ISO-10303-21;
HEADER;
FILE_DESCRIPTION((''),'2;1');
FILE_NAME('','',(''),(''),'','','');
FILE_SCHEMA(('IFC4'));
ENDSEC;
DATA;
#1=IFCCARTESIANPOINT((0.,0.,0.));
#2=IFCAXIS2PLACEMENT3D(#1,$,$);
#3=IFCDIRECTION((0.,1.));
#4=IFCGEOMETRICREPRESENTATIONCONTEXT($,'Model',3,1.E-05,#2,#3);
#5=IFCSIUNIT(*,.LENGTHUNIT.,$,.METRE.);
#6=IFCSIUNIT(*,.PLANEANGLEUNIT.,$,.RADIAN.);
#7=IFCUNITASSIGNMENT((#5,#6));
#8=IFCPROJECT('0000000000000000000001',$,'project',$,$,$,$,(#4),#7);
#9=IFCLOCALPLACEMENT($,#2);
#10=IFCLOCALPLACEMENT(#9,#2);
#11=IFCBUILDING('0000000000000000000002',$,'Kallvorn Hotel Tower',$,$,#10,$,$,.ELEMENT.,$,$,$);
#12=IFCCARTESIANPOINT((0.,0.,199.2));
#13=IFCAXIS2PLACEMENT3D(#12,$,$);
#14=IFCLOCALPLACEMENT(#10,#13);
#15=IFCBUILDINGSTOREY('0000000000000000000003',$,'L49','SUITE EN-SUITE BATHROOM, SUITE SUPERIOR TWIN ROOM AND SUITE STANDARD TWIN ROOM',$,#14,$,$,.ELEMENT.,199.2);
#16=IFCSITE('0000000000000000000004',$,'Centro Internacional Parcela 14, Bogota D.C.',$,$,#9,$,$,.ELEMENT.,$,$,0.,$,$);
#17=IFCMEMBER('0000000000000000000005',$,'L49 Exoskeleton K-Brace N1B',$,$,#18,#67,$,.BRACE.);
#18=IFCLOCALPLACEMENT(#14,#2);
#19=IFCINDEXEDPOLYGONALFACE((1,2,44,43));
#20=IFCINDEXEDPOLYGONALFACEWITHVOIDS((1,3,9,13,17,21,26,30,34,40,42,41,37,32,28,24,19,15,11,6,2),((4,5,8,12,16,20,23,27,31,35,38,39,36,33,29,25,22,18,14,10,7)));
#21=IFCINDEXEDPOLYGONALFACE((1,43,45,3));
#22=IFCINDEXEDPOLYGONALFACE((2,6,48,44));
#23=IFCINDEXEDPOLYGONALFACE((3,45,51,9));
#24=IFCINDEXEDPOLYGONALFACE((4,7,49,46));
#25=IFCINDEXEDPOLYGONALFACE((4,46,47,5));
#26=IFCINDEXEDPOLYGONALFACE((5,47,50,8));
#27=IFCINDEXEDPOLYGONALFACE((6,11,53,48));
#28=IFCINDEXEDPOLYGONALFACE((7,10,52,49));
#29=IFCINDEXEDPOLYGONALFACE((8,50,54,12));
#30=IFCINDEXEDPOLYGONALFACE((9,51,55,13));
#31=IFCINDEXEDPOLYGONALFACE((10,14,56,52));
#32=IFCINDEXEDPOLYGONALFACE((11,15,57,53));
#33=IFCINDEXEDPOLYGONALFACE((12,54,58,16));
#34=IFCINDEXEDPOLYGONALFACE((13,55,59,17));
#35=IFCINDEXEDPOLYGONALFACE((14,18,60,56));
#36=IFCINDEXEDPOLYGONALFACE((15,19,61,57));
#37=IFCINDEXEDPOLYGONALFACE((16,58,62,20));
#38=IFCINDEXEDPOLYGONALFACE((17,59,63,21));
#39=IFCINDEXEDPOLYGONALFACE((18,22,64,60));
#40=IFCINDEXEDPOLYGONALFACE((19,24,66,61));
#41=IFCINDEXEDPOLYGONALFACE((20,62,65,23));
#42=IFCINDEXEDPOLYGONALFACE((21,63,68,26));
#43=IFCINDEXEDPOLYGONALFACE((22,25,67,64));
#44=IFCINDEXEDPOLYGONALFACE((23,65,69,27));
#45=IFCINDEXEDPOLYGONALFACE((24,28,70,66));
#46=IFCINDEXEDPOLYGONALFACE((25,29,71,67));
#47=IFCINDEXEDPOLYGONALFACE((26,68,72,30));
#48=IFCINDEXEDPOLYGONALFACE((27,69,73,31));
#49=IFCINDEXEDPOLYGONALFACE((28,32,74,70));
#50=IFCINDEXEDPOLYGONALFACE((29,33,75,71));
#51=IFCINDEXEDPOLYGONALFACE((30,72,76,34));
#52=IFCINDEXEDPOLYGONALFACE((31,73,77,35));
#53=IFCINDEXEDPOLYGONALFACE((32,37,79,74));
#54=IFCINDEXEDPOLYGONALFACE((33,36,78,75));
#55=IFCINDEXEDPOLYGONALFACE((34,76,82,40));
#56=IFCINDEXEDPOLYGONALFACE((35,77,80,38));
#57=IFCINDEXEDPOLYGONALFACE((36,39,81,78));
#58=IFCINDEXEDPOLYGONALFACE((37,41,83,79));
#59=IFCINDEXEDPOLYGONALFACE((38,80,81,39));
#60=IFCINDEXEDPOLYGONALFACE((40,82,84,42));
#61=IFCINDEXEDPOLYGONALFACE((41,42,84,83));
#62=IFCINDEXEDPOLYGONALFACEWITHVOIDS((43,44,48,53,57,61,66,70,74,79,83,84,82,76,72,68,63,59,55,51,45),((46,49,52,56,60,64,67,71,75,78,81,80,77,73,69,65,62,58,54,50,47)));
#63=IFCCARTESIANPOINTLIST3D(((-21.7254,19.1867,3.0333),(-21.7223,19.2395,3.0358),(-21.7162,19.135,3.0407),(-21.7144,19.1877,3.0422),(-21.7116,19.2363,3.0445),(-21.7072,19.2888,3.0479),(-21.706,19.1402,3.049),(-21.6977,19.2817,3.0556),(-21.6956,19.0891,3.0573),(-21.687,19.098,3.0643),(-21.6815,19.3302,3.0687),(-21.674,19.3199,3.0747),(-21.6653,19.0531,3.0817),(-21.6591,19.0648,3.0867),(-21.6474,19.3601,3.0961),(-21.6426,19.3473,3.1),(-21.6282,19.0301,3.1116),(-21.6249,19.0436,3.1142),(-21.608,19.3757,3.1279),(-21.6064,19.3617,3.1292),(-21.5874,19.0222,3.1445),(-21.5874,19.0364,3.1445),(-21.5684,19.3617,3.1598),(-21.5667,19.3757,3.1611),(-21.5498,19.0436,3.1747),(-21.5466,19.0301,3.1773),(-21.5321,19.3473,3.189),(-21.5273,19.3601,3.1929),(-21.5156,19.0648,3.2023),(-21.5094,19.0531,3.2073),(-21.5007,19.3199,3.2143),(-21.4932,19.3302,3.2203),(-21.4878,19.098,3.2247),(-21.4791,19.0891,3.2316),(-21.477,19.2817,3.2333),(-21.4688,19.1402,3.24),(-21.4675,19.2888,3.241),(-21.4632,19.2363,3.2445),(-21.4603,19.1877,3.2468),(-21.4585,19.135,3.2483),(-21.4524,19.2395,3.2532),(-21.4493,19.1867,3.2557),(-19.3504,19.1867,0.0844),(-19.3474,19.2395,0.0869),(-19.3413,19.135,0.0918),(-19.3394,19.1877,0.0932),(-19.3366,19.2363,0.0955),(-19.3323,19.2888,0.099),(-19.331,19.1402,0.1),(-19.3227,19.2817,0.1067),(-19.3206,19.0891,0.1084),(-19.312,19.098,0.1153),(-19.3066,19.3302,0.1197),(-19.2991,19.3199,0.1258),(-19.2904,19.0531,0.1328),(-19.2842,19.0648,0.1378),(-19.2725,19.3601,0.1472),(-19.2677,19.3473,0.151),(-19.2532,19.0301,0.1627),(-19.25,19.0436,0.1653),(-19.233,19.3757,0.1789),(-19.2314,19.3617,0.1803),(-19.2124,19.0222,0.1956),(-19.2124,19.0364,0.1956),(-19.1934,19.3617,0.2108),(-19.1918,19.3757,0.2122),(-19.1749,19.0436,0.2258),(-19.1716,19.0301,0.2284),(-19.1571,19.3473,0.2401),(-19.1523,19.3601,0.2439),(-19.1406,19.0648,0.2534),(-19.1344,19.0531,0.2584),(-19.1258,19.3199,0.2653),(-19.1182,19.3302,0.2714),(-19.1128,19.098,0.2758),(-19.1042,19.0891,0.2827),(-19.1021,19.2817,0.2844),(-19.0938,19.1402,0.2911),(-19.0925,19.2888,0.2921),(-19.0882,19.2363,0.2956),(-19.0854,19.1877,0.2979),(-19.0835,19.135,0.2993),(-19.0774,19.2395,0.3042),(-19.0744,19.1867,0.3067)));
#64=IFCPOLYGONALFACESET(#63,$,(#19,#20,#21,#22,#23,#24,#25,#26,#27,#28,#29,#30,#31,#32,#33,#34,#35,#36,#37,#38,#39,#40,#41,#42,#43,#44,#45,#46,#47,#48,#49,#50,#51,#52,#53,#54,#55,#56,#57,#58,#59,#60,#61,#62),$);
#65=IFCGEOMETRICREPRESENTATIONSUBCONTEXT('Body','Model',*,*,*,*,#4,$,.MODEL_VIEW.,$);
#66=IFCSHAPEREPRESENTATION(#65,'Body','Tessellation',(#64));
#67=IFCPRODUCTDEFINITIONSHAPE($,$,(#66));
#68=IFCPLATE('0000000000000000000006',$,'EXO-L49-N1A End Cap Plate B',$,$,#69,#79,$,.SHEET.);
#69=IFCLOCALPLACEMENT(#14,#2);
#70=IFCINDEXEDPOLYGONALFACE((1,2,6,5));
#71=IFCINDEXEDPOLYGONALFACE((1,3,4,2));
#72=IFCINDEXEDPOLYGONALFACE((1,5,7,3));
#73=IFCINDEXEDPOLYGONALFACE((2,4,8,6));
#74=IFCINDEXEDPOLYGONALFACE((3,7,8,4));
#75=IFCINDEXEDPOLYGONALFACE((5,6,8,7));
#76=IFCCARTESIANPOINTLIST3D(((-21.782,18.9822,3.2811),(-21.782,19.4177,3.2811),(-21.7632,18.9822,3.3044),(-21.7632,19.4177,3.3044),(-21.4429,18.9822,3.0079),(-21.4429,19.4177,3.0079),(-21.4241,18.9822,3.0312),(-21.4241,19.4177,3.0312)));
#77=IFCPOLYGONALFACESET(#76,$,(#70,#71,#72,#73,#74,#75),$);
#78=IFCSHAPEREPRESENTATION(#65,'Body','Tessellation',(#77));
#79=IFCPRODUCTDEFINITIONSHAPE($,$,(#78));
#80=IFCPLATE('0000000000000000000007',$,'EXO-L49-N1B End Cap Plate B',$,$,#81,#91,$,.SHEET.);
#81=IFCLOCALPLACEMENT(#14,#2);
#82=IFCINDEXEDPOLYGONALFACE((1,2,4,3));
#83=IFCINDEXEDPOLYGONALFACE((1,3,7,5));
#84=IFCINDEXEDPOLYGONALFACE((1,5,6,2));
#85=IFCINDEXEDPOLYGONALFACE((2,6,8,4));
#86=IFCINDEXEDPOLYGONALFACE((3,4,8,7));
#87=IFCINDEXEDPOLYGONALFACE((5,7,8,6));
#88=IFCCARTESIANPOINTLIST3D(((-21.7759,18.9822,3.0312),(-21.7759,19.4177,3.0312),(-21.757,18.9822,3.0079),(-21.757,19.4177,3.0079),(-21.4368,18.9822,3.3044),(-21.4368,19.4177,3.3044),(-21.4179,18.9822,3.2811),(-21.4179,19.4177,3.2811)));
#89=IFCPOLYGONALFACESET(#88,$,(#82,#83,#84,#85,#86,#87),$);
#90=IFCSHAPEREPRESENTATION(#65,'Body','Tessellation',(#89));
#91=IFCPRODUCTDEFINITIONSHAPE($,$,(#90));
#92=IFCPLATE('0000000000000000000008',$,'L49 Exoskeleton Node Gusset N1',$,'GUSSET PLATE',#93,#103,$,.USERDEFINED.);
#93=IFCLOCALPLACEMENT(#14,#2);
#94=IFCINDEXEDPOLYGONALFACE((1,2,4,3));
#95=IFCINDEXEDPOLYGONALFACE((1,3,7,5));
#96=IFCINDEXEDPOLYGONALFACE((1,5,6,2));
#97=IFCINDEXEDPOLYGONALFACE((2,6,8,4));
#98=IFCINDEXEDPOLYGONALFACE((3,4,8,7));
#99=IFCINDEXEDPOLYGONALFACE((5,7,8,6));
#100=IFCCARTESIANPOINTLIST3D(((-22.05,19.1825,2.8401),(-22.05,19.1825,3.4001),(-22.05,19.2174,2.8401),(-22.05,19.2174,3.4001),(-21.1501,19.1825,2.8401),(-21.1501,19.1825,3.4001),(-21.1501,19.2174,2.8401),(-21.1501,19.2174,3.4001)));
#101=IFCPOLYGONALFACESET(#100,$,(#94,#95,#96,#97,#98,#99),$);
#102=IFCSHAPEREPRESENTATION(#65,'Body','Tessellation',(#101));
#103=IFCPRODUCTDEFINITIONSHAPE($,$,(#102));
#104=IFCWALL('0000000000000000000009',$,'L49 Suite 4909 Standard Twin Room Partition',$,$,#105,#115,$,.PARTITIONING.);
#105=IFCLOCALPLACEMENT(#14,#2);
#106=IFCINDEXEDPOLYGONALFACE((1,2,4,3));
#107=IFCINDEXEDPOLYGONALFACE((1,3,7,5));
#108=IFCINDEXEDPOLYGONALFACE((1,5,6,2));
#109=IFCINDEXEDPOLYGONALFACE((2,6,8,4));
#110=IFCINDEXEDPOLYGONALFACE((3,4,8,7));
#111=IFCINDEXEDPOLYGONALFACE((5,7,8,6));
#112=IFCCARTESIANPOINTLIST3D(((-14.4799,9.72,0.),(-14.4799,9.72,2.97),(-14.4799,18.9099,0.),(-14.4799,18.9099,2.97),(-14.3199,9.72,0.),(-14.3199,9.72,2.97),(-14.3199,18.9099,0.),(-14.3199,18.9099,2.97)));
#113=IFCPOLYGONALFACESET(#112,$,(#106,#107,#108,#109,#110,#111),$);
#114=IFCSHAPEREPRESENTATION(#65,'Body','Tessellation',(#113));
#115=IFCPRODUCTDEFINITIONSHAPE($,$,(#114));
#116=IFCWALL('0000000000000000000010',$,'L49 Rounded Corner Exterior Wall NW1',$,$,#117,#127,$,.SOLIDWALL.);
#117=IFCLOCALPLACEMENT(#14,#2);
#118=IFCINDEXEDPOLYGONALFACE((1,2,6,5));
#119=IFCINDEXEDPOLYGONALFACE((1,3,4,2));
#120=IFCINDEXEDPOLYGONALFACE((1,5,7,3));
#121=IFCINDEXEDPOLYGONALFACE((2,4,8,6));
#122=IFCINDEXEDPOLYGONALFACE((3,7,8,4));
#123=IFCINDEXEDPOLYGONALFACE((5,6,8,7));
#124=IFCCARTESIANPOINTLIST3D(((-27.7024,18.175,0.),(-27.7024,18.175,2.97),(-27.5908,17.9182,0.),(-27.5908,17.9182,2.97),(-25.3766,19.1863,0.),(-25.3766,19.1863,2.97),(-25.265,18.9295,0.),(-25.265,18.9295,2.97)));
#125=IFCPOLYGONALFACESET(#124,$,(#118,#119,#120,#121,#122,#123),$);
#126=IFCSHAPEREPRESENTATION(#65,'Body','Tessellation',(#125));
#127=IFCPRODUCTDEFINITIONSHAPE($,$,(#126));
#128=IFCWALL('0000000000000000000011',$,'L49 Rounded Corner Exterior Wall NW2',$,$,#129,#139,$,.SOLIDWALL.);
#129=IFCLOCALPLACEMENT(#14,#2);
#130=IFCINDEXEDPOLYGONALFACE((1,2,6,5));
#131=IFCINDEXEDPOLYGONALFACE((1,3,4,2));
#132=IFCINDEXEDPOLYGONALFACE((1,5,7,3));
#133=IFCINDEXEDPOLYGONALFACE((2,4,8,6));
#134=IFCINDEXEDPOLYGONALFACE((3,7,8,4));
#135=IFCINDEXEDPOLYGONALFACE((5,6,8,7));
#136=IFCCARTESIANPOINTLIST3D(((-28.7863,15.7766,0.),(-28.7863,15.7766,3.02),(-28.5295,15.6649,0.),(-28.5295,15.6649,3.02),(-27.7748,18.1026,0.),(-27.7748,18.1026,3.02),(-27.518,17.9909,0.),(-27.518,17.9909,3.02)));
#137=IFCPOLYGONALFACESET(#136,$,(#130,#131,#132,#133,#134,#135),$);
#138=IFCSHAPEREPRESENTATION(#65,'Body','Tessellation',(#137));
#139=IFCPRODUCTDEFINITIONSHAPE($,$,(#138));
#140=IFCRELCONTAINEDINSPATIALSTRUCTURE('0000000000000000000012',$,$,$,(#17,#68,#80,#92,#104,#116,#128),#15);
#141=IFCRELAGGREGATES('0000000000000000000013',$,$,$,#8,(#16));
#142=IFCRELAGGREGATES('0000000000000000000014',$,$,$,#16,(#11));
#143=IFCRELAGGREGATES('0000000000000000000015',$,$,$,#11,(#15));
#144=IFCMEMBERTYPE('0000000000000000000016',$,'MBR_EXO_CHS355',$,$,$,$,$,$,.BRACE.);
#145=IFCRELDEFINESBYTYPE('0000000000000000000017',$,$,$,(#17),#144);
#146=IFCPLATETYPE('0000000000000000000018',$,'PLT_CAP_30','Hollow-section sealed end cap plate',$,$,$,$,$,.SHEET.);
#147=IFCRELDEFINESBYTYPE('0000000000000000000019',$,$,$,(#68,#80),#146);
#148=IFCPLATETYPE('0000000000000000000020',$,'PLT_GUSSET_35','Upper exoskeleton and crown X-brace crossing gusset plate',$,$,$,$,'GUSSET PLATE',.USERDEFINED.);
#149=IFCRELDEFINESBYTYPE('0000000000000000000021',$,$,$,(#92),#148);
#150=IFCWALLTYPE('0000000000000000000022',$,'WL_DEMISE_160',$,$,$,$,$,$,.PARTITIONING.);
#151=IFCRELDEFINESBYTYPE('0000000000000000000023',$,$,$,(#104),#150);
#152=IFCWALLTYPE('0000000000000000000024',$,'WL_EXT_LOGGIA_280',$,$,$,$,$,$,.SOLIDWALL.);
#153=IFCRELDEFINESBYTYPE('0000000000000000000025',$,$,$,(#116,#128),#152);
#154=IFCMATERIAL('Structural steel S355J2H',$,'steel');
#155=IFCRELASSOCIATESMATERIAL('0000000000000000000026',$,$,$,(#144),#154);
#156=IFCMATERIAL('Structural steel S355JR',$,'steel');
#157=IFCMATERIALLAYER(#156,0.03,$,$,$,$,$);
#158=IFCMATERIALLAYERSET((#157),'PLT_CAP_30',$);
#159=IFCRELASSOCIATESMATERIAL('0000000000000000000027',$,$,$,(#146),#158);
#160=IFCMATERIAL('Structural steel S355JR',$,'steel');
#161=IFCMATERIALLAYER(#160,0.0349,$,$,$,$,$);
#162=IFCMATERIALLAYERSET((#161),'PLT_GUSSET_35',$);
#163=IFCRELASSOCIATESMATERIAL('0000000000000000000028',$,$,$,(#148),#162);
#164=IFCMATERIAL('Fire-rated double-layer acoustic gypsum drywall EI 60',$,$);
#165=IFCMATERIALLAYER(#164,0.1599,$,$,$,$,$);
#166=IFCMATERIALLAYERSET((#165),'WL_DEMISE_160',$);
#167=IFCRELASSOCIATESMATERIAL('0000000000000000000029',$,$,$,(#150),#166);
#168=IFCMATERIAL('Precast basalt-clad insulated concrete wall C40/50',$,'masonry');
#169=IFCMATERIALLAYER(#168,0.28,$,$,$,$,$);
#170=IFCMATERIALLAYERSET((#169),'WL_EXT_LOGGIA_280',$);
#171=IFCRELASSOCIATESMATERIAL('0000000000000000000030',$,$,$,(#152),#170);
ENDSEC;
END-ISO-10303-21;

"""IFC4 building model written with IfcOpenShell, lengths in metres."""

from ifc_helpers import new_model, si_unit, direction, frame, frame_2d, origin, origin_2d, place, context, subcontext, project, spatial, polyline, rectangle, hollow_circle, outline, extrude, material, layer, layer_set, material_profile, profile_set, type_object, element, save


model = new_model("IFC4")

# Units and contexts
model_context = context("Model", 3, precision=1e-05, world=origin(), true_north=direction((0.0, 1.0)))
body_context = subcontext(model_context, "Body", "Model", "MODEL_VIEW")
ifc_project = project(units=[si_unit("LENGTHUNIT", "METRE"), si_unit("PLANEANGLEUNIT", "RADIAN")], contexts=[model_context])

# Site, building, storey
site_placement = place(None, origin())
site = spatial("IfcSite", under=ifc_project, at=site_placement, Name="Centro Internacional Parcela 14, Bogota D.C.", CompositionType="ELEMENT", RefElevation=0.0)
building_placement = place(site_placement, origin())
building = spatial("IfcBuilding", under=site, at=building_placement, Name="Kallvorn Hotel Tower", CompositionType="ELEMENT")
storey_placement = place(building_placement, frame((0.0, 0.0, 199.2)))
storey = spatial("IfcBuildingStorey", under=building, at=storey_placement, Name="L49", Description="SUITE EN-SUITE BATHROOM, SUITE SUPERIOR TWIN ROOM AND SUITE STANDARD TWIN ROOM", CompositionType="ELEMENT", Elevation=199.2)

# Member
ifc_material_1 = material(Name="Structural steel S355J2H", Category="steel")
ifc_material_profile_1 = material_profile(ifc_material_1, hollow_circle(Radius=0.1777, WallThickness=0.0142, at=origin_2d()), Name="CHS 355.6x14.2")
ifc_profile_set_1 = profile_set([ifc_material_profile_1], Name="Structural steel S355J2H")
member_type_1 = type_object("IfcMemberType", Name="MBR_EXO_CHS355", PredefinedType="BRACE", material=ifc_profile_set_1)
for number, where, z_axis, x_axis, name in (
    (1, (-19.2124, 19.2, 0.1956), (-0.627239, 0.0, 0.778827), (0.0, -1.0, 0.0), "L49 Exoskeleton K-Brace N1B"),
):
    element("IfcMember", number, at=place(storey_placement, frame(where, z_axis=z_axis, x_axis=x_axis)), inside=storey, type_object=member_type_1, Name=name, PredefinedType="BRACE", context=body_context, shape_type="SweptSolid", body=[
        extrude(hollow_circle(Radius=0.1777, WallThickness=0.0142, at=origin_2d()), origin(), (0.0, 0.0, 1.0), 3.7864),
    ])

# Plates
ifc_material_2 = material(Name="Structural steel S355JR", Category="steel")
ifc_layer_1 = layer(ifc_material_2, 0.03)
ifc_layer_set_1 = layer_set([ifc_layer_1], Name="PLT_CAP_30")
plate_type_1 = type_object("IfcPlateType", Name="PLT_CAP_30", Description="Hollow-section sealed end cap plate", PredefinedType="SHEET", material=ifc_layer_set_1)
for number, where, z_axis, x_axis, name in (
    (2, (-21.4241, 18.9822, 3.0312), (0.627358, 0.0, 0.778731), (0.0, 1.0, 0.0), "EXO-L49-N1A End Cap Plate B"),
    (3, (-21.7759, 19.4177, 3.0312), (-0.627358, 0.0, 0.778731), (0.0, -1.0, 0.0), "EXO-L49-N1B End Cap Plate B"),
):
    element("IfcPlate", number, at=place(storey_placement, frame(where, z_axis=z_axis, x_axis=x_axis)), inside=storey, type_object=plate_type_1, Name=name, PredefinedType="SHEET", context=body_context, shape_type="SweptSolid", body=[
        extrude(outline(polyline([(0.0, 0.0), (0.4355, 0.0), (0.4355, 0.4355), (0.0, 0.4355), (0.0, 0.0)])), origin(), (0.0, 0.0, -1.0), 0.03),
    ])
ifc_material_3 = material(Name="Structural steel S355JR", Category="steel")
ifc_layer_2 = layer(ifc_material_3, 0.0349)
ifc_layer_set_2 = layer_set([ifc_layer_2], Name="PLT_GUSSET_35")
plate_type_2 = type_object("IfcPlateType", Name="PLT_GUSSET_35", Description="Upper exoskeleton and crown X-brace crossing gusset plate", ElementType="GUSSET PLATE", PredefinedType="USERDEFINED", material=ifc_layer_set_2)
plate_placement = place(storey_placement, frame((-21.6001, 19.2, 2.8401), z_axis=(0.0, 0.0, 1.0), x_axis=(1.0, 0.0, 0.0)))
element("IfcPlate", 4, at=plate_placement, inside=storey, type_object=plate_type_2, Name="L49 Exoskeleton Node Gusset N1", ObjectType="GUSSET PLATE", PredefinedType="USERDEFINED", context=body_context, shape_type="SweptSolid", body=[
    extrude(rectangle(XDim=0.8999, YDim=0.0349, at=origin_2d()), origin(), (0.0, 0.0, 1.0), 0.5601),
])

# Walls
ifc_material_4 = material(Name="Fire-rated double-layer acoustic gypsum drywall EI 60")
ifc_layer_3 = layer(ifc_material_4, 0.1599)
ifc_layer_set_3 = layer_set([ifc_layer_3], Name="WL_DEMISE_160")
wall_type_1 = type_object("IfcWallType", Name="WL_DEMISE_160", PredefinedType="PARTITIONING", material=ifc_layer_set_3)
wall_1_placement = place(storey_placement, frame((-14.3999, 9.72, 0.0), z_axis=(0.0, 0.0, 1.0), x_axis=(0.0, 1.0, 0.0)))
element("IfcWall", 5, at=wall_1_placement, inside=storey, type_object=wall_type_1, Name="L49 Suite 4909 Standard Twin Room Partition", PredefinedType="PARTITIONING", context=body_context, shape_type="SweptSolid", body=[
    extrude(rectangle(XDim=9.1899, YDim=0.1599, at=frame_2d((4.595, 0.0))), origin(), (0.0, 0.0, 1.0), 2.97),
])
ifc_material_5 = material(Name="Precast basalt-clad insulated concrete wall C40/50", Category="masonry")
ifc_layer_4 = layer(ifc_material_5, 0.28)
ifc_layer_set_4 = layer_set([ifc_layer_4], Name="WL_EXT_LOGGIA_280")
wall_type_2 = type_object("IfcWallType", Name="WL_EXT_LOGGIA_280", PredefinedType="SOLIDWALL", material=ifc_layer_set_4)
wall_2_placement = place(storey_placement, frame((-25.3208, 19.0579, 0.0), z_axis=(0.0, 0.0, 1.0), x_axis=(-0.917061, -0.398747, 0.0)))
element("IfcWall", 6, at=wall_2_placement, inside=storey, type_object=wall_type_2, Name="L49 Rounded Corner Exterior Wall NW1", PredefinedType="SOLIDWALL", context=body_context, shape_type="SweptSolid", body=[
    extrude(rectangle(XDim=2.5361, YDim=0.28, at=frame_2d((1.2681, 0.0))), origin(), (0.0, 0.0, 1.0), 2.97),
])
wall_3_placement = place(storey_placement, frame((-27.6465, 18.0466, 0.0), z_axis=(0.0, 0.0, 1.0), x_axis=(-0.398793, -0.917041, 0.0)))
element("IfcWall", 7, at=wall_3_placement, inside=storey, type_object=wall_type_2, Name="L49 Rounded Corner Exterior Wall NW2", PredefinedType="SOLIDWALL", context=body_context, shape_type="SweptSolid", body=[
    extrude(rectangle(XDim=2.5364, YDim=0.28, at=frame_2d((1.2681, 0.0))), origin(), (0.0, 0.0, 1.0), 3.02),
])

save(model, "model.ifc")
